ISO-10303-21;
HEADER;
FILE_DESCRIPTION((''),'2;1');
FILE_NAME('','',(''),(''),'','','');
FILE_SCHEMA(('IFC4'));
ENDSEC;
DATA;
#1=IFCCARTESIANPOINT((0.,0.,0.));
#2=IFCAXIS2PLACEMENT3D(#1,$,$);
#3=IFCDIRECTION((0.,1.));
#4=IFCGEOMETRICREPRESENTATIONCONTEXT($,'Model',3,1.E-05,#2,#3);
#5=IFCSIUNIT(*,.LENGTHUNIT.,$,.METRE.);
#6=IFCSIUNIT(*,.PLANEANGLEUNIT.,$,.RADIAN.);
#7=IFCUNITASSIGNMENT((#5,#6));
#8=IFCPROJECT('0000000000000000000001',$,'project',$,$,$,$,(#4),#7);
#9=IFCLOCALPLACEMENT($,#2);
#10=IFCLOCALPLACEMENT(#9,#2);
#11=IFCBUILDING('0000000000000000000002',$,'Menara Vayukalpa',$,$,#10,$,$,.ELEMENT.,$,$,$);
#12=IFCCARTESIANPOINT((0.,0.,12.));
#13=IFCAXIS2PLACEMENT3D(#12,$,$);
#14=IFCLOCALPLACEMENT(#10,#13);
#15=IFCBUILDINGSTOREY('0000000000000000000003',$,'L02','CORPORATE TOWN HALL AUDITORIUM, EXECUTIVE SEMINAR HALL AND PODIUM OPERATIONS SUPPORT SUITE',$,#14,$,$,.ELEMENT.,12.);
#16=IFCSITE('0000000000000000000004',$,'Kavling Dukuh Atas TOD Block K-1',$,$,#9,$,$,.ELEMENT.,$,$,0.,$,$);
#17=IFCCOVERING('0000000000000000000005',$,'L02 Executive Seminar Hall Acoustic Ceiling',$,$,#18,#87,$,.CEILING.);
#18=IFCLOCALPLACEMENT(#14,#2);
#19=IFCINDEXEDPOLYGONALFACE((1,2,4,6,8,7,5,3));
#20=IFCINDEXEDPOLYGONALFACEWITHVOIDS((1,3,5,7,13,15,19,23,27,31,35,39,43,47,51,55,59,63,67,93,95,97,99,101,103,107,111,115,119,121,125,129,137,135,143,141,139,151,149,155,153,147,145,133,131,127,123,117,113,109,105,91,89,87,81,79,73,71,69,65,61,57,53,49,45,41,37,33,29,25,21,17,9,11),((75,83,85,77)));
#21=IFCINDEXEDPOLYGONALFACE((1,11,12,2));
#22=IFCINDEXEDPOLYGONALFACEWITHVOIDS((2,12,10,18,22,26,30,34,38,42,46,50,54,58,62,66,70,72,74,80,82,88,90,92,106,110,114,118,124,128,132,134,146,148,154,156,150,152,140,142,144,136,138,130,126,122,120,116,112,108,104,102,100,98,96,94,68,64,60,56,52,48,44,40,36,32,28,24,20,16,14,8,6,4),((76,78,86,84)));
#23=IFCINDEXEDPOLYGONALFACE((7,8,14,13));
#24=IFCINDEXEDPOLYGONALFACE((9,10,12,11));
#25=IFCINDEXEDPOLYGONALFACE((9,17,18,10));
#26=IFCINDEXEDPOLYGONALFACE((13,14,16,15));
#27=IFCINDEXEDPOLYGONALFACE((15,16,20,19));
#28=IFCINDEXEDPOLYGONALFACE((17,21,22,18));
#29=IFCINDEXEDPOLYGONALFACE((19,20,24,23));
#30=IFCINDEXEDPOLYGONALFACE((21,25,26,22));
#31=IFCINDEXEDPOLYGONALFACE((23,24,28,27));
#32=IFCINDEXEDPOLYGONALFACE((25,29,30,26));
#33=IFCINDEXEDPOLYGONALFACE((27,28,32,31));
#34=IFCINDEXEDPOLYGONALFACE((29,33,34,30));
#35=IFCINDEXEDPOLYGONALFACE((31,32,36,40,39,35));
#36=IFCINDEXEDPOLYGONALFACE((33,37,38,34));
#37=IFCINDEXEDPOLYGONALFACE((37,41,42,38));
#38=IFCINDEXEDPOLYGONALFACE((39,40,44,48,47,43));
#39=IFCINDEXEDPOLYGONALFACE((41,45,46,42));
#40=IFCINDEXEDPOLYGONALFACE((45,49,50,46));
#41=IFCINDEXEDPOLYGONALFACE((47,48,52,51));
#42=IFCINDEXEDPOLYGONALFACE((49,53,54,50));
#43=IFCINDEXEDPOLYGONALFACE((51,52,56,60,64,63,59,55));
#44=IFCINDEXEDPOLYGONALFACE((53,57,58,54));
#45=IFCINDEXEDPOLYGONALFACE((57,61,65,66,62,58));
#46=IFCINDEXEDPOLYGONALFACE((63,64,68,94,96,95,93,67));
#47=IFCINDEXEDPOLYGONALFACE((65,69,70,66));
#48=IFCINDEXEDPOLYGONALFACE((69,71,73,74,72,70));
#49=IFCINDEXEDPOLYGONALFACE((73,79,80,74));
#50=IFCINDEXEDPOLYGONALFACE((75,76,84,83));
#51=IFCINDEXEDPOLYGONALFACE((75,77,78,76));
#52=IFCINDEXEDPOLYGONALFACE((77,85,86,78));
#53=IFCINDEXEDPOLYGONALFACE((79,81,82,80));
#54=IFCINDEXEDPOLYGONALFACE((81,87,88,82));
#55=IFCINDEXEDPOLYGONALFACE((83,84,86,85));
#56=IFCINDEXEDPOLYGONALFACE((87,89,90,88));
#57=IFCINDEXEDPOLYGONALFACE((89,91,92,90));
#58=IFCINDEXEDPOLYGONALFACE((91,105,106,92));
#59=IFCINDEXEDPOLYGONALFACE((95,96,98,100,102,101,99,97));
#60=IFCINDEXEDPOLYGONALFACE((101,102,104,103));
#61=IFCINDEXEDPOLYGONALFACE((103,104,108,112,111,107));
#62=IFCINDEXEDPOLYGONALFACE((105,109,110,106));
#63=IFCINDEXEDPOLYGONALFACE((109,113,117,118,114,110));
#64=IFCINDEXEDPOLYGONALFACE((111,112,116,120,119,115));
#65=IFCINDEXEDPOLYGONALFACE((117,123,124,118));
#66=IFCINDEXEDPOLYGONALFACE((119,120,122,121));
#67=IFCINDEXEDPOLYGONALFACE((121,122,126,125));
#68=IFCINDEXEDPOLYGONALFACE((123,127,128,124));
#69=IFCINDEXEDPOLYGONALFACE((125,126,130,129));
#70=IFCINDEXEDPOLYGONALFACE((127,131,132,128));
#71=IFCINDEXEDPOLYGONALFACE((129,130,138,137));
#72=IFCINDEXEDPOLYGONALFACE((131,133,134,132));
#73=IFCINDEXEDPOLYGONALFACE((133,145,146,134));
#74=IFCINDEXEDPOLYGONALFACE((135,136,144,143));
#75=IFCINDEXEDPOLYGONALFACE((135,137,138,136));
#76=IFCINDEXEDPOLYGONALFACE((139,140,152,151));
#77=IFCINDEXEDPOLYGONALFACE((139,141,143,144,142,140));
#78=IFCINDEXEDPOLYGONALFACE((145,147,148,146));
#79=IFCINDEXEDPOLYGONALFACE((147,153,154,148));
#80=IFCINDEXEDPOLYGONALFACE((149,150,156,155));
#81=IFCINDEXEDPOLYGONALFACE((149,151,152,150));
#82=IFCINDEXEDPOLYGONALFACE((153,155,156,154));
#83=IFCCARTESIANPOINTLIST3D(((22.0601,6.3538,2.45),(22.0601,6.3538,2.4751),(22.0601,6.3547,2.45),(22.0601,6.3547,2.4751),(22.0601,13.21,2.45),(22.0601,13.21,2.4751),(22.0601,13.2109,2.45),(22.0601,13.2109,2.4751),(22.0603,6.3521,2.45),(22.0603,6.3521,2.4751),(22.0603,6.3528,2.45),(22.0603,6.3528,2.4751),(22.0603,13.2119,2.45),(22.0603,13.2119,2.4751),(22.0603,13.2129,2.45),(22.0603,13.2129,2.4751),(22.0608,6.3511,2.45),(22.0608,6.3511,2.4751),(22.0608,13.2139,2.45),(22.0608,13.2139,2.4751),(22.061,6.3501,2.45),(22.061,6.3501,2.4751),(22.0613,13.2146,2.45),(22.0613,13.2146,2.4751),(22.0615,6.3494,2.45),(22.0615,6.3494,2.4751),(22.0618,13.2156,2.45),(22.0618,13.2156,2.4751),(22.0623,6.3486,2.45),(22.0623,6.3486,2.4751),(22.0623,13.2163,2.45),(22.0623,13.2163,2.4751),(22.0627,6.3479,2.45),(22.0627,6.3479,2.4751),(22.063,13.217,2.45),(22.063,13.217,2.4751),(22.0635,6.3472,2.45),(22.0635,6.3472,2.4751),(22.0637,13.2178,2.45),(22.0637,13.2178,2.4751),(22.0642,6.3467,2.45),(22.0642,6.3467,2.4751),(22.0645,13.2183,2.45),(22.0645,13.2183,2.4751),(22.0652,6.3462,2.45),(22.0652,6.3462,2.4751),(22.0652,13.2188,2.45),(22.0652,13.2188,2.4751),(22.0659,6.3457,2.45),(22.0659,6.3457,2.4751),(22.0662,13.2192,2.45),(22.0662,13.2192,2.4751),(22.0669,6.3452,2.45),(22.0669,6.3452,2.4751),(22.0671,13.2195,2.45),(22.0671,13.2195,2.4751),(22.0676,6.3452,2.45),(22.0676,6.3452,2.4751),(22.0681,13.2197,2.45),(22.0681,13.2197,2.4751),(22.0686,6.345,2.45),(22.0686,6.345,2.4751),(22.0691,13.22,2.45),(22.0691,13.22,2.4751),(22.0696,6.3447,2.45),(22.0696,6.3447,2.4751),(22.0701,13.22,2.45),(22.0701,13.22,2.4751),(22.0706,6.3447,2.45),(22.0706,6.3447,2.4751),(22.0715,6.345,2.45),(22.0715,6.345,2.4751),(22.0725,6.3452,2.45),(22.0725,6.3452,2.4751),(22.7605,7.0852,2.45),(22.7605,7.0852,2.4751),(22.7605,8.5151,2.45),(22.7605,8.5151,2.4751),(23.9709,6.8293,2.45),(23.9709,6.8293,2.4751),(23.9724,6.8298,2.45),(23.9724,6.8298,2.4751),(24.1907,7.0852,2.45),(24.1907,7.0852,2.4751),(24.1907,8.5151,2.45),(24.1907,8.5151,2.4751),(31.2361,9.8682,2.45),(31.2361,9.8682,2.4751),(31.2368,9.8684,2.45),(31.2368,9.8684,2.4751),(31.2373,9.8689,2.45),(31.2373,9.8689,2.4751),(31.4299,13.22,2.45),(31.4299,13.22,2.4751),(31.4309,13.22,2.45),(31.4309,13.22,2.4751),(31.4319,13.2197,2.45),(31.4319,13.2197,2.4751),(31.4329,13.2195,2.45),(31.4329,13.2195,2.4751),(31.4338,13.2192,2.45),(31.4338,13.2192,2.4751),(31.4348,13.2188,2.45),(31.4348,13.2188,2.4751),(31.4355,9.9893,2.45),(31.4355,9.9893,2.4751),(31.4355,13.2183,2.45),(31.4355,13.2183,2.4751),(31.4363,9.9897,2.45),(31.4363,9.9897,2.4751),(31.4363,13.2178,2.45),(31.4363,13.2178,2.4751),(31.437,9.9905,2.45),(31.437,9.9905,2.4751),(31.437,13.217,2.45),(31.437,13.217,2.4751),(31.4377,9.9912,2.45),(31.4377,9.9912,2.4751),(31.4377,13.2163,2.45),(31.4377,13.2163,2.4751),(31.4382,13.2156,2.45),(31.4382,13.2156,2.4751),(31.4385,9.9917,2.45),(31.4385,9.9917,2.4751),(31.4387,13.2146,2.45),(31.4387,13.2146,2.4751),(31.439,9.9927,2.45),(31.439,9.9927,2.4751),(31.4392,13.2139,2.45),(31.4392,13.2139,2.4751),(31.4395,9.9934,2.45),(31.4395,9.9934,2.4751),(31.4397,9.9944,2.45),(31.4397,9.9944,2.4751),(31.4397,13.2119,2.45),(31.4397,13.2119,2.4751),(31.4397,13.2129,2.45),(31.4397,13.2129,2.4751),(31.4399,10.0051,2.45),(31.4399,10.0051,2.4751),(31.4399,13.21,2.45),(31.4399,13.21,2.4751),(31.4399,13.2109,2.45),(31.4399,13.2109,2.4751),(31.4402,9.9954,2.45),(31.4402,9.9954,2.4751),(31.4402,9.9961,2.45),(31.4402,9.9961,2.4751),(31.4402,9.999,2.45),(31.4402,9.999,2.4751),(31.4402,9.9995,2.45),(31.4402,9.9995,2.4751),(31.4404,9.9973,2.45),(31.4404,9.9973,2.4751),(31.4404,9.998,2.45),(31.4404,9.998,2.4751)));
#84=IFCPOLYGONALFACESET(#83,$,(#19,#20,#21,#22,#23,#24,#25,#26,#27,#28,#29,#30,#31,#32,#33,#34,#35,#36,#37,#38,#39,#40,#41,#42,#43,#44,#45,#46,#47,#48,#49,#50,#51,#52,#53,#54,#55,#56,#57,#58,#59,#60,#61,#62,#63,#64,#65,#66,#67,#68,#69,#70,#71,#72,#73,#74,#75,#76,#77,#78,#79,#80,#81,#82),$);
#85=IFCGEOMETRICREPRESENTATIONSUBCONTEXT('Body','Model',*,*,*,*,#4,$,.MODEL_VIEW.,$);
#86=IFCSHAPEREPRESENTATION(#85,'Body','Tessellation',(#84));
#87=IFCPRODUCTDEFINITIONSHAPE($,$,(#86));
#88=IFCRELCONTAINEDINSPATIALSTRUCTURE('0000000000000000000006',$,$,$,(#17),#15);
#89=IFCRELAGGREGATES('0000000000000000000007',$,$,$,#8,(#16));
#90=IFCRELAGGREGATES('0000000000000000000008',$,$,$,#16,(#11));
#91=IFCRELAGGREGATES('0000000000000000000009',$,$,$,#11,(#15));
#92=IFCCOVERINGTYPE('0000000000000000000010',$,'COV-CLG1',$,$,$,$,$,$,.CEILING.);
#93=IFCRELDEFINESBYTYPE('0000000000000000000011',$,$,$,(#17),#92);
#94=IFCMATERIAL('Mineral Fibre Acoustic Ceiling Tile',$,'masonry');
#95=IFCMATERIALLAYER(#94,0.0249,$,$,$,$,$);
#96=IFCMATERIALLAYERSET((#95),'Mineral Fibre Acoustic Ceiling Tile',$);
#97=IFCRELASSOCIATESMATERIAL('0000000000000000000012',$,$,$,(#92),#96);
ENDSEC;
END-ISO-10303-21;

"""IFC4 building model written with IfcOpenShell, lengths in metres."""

from ifc_helpers import new_model, si_unit, direction, frame, origin, place, context, subcontext, project, spatial, polyline, outline, extrude, material, layer, layer_set, type_object, element, save


model = new_model("IFC4")

# Units and contexts
model_context = context("Model", 3, precision=1e-05, world=origin(), true_north=direction((0.0, 1.0)))
body_context = subcontext(model_context, "Body", "Model", "MODEL_VIEW")
ifc_project = project(units=[si_unit("LENGTHUNIT", "METRE"), si_unit("PLANEANGLEUNIT", "RADIAN")], contexts=[model_context])

# Site, building, storey
site_placement = place(None, origin())
site = spatial("IfcSite", under=ifc_project, at=site_placement, Name="Kavling Dukuh Atas TOD Block K-1", CompositionType="ELEMENT", RefElevation=0.0)
building_placement = place(site_placement, origin())
building = spatial("IfcBuilding", under=site, at=building_placement, Name="Menara Vayukalpa", CompositionType="ELEMENT")
storey_placement = place(building_placement, frame((0.0, 0.0, 12.0)))
storey = spatial("IfcBuildingStorey", under=building, at=storey_placement, Name="L02", Description="CORPORATE TOWN HALL AUDITORIUM, EXECUTIVE SEMINAR HALL AND PODIUM OPERATIONS SUPPORT SUITE", CompositionType="ELEMENT", Elevation=12.0)

# Covering
ifc_material_1 = material(Name="Mineral Fibre Acoustic Ceiling Tile", Category="masonry")
ifc_layer_1 = layer(ifc_material_1, 0.0249)
ifc_layer_set_1 = layer_set([ifc_layer_1], Name="Mineral Fibre Acoustic Ceiling Tile")
covering_type_1 = type_object("IfcCoveringType", Name="COV-CLG1", PredefinedType="CEILING", material=ifc_layer_set_1)
covering_1_placement = place(storey_placement, frame((0.0, 0.0, 2.45)))
element("IfcCovering", 1, at=covering_1_placement, inside=storey, type_object=covering_type_1, Name="L02 Executive Seminar Hall Acoustic Ceiling", PredefinedType="CEILING", context=body_context, shape_type="SweptSolid", body=[
    extrude(outline(polyline([(31.2361, 9.8682), (23.9724, 6.8298), (23.9709, 6.8293), (22.0725, 6.3452), (22.0715, 6.345), (22.0706, 6.3447), (22.0696, 6.3447), (22.0686, 6.345), (22.0676, 6.3452), (22.0669, 6.3452), (22.0659, 6.3457), (22.0652, 6.3462), (22.0642, 6.3467), (22.0635, 6.3472), (22.0627, 6.3479), (22.0623, 6.3486), (22.0615, 6.3494), (22.061, 6.3501), (22.0608, 6.3511), (22.0603, 6.3521), (22.0603, 6.3528), (22.0601, 6.3538), (22.0601, 6.3547), (22.0601, 13.21), (22.0601, 13.2109), (22.0603, 13.2119), (22.0603, 13.2129), (22.0608, 13.2139), (22.0613, 13.2146), (22.0618, 13.2156), (22.0623, 13.2163), (22.063, 13.217), (22.0637, 13.2178), (22.0645, 13.2183), (22.0652, 13.2188), (22.0662, 13.2192), (22.0671, 13.2195), (22.0681, 13.2197), (22.0691, 13.22), (22.0701, 13.22), (31.4299, 13.22), (31.4309, 13.22), (31.4319, 13.2197), (31.4329, 13.2195), (31.4338, 13.2192), (31.4348, 13.2188), (31.4355, 13.2183), (31.4363, 13.2178), (31.437, 13.217), (31.4377, 13.2163), (31.4382, 13.2156), (31.4387, 13.2146), (31.4392, 13.2139), (31.4397, 13.2129), (31.4397, 13.2119), (31.4399, 13.2109), (31.4399, 13.21), (31.4399, 10.0051), (31.4402, 9.9995), (31.4402, 9.999), (31.4404, 9.998), (31.4404, 9.9973), (31.4402, 9.9961), (31.4402, 9.9954), (31.4397, 9.9944), (31.4395, 9.9934), (31.439, 9.9927), (31.4385, 9.9917), (31.4377, 9.9912), (31.437, 9.9905), (31.4363, 9.9897), (31.4355, 9.9893), (31.2373, 9.8689), (31.2368, 9.8684), (31.2361, 9.8682)]), holes=[polyline([(24.1907, 8.5151), (22.7605, 8.5151), (22.7605, 7.0852), (24.1907, 7.0852), (24.1907, 8.5151)])]), origin(), (0.0, 0.0, 1.0), 0.0251),
])

save(model, "model.ifc")
